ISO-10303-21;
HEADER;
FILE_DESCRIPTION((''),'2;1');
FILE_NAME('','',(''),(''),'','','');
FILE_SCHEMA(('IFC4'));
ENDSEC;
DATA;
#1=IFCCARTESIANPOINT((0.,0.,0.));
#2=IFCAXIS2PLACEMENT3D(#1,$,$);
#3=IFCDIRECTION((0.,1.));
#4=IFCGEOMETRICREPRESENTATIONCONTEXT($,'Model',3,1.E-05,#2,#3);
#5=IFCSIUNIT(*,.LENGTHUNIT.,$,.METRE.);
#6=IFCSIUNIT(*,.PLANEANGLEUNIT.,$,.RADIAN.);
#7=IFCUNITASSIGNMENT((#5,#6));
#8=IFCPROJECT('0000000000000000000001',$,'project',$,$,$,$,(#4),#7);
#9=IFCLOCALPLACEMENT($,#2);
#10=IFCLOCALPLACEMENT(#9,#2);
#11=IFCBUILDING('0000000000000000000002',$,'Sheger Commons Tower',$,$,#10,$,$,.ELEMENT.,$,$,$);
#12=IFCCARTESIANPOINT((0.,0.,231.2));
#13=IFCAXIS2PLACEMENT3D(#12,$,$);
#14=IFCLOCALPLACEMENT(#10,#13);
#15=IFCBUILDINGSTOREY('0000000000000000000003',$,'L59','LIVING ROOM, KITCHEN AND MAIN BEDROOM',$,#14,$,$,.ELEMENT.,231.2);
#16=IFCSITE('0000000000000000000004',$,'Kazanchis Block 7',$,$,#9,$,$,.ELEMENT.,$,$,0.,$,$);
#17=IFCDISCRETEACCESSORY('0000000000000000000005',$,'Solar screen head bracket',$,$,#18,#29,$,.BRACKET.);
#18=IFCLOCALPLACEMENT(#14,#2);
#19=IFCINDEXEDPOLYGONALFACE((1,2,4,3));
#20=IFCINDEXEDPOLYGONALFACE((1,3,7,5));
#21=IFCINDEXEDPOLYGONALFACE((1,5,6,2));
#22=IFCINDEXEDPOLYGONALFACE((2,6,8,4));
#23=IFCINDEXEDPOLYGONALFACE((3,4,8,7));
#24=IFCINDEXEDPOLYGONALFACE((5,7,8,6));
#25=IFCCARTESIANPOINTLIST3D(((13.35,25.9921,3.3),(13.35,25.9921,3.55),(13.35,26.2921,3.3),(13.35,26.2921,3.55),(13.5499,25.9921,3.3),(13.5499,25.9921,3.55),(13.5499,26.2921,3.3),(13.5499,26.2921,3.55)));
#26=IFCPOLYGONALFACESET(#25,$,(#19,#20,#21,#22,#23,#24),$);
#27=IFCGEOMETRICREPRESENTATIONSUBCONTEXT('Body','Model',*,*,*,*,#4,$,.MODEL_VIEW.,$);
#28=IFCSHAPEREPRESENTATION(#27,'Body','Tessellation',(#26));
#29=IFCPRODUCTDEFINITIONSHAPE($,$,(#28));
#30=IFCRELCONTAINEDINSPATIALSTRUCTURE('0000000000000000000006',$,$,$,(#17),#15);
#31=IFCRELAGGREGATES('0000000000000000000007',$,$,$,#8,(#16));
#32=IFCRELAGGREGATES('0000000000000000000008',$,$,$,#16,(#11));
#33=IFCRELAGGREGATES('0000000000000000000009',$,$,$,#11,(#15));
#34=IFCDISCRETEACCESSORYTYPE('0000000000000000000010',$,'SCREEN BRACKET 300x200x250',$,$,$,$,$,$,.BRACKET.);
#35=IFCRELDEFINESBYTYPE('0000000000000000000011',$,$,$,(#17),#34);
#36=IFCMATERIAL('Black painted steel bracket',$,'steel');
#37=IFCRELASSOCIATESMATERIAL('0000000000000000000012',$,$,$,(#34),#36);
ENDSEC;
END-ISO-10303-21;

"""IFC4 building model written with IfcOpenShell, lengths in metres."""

from ifc_helpers import new_model, si_unit, direction, frame, origin, origin_2d, place, context, subcontext, project, spatial, rectangle, extrude, material, type_object, element, save


model = new_model("IFC4")

# Units and contexts
model_context = context("Model", 3, precision=1e-05, world=origin(), true_north=direction((0.0, 1.0)))
body_context = subcontext(model_context, "Body", "Model", "MODEL_VIEW")
ifc_project = project(units=[si_unit("LENGTHUNIT", "METRE"), si_unit("PLANEANGLEUNIT", "RADIAN")], contexts=[model_context])

# Site, building, storey
site_placement = place(None, origin())
site = spatial("IfcSite", under=ifc_project, at=site_placement, Name="Kazanchis Block 7", CompositionType="ELEMENT", RefElevation=0.0)
building_placement = place(site_placement, origin())
building = spatial("IfcBuilding", under=site, at=building_placement, Name="Sheger Commons Tower", CompositionType="ELEMENT")
storey_placement = place(building_placement, frame((0.0, 0.0, 231.2)))
storey = spatial("IfcBuildingStorey", under=building, at=storey_placement, Name="L59", Description="LIVING ROOM, KITCHEN AND MAIN BEDROOM", CompositionType="ELEMENT", Elevation=231.2)

# Discrete accessory
ifc_material_1 = material(Name="Black painted steel bracket", Category="steel")
discrete_accessory_type = type_object("IfcDiscreteAccessoryType", Name="SCREEN BRACKET 300x200x250", PredefinedType="BRACKET", material=ifc_material_1)
for number, where, z_axis, x_axis, name in (
    (1, (13.45, 26.1421, 3.3), (0.0, 0.0, 1.0), (0.0, -1.0, 0.0), "Solar screen head bracket"),
):
    element("IfcDiscreteAccessory", number, at=place(storey_placement, frame(where, z_axis=z_axis, x_axis=x_axis)), inside=storey, type_object=discrete_accessory_type, Name=name, PredefinedType="BRACKET", context=body_context, shape_type="SweptSolid", body=[
        extrude(rectangle(XDim=0.3, YDim=0.2, at=origin_2d()), origin(), (0.0, 0.0, 1.0), 0.25),
    ])

save(model, "model.ifc")
